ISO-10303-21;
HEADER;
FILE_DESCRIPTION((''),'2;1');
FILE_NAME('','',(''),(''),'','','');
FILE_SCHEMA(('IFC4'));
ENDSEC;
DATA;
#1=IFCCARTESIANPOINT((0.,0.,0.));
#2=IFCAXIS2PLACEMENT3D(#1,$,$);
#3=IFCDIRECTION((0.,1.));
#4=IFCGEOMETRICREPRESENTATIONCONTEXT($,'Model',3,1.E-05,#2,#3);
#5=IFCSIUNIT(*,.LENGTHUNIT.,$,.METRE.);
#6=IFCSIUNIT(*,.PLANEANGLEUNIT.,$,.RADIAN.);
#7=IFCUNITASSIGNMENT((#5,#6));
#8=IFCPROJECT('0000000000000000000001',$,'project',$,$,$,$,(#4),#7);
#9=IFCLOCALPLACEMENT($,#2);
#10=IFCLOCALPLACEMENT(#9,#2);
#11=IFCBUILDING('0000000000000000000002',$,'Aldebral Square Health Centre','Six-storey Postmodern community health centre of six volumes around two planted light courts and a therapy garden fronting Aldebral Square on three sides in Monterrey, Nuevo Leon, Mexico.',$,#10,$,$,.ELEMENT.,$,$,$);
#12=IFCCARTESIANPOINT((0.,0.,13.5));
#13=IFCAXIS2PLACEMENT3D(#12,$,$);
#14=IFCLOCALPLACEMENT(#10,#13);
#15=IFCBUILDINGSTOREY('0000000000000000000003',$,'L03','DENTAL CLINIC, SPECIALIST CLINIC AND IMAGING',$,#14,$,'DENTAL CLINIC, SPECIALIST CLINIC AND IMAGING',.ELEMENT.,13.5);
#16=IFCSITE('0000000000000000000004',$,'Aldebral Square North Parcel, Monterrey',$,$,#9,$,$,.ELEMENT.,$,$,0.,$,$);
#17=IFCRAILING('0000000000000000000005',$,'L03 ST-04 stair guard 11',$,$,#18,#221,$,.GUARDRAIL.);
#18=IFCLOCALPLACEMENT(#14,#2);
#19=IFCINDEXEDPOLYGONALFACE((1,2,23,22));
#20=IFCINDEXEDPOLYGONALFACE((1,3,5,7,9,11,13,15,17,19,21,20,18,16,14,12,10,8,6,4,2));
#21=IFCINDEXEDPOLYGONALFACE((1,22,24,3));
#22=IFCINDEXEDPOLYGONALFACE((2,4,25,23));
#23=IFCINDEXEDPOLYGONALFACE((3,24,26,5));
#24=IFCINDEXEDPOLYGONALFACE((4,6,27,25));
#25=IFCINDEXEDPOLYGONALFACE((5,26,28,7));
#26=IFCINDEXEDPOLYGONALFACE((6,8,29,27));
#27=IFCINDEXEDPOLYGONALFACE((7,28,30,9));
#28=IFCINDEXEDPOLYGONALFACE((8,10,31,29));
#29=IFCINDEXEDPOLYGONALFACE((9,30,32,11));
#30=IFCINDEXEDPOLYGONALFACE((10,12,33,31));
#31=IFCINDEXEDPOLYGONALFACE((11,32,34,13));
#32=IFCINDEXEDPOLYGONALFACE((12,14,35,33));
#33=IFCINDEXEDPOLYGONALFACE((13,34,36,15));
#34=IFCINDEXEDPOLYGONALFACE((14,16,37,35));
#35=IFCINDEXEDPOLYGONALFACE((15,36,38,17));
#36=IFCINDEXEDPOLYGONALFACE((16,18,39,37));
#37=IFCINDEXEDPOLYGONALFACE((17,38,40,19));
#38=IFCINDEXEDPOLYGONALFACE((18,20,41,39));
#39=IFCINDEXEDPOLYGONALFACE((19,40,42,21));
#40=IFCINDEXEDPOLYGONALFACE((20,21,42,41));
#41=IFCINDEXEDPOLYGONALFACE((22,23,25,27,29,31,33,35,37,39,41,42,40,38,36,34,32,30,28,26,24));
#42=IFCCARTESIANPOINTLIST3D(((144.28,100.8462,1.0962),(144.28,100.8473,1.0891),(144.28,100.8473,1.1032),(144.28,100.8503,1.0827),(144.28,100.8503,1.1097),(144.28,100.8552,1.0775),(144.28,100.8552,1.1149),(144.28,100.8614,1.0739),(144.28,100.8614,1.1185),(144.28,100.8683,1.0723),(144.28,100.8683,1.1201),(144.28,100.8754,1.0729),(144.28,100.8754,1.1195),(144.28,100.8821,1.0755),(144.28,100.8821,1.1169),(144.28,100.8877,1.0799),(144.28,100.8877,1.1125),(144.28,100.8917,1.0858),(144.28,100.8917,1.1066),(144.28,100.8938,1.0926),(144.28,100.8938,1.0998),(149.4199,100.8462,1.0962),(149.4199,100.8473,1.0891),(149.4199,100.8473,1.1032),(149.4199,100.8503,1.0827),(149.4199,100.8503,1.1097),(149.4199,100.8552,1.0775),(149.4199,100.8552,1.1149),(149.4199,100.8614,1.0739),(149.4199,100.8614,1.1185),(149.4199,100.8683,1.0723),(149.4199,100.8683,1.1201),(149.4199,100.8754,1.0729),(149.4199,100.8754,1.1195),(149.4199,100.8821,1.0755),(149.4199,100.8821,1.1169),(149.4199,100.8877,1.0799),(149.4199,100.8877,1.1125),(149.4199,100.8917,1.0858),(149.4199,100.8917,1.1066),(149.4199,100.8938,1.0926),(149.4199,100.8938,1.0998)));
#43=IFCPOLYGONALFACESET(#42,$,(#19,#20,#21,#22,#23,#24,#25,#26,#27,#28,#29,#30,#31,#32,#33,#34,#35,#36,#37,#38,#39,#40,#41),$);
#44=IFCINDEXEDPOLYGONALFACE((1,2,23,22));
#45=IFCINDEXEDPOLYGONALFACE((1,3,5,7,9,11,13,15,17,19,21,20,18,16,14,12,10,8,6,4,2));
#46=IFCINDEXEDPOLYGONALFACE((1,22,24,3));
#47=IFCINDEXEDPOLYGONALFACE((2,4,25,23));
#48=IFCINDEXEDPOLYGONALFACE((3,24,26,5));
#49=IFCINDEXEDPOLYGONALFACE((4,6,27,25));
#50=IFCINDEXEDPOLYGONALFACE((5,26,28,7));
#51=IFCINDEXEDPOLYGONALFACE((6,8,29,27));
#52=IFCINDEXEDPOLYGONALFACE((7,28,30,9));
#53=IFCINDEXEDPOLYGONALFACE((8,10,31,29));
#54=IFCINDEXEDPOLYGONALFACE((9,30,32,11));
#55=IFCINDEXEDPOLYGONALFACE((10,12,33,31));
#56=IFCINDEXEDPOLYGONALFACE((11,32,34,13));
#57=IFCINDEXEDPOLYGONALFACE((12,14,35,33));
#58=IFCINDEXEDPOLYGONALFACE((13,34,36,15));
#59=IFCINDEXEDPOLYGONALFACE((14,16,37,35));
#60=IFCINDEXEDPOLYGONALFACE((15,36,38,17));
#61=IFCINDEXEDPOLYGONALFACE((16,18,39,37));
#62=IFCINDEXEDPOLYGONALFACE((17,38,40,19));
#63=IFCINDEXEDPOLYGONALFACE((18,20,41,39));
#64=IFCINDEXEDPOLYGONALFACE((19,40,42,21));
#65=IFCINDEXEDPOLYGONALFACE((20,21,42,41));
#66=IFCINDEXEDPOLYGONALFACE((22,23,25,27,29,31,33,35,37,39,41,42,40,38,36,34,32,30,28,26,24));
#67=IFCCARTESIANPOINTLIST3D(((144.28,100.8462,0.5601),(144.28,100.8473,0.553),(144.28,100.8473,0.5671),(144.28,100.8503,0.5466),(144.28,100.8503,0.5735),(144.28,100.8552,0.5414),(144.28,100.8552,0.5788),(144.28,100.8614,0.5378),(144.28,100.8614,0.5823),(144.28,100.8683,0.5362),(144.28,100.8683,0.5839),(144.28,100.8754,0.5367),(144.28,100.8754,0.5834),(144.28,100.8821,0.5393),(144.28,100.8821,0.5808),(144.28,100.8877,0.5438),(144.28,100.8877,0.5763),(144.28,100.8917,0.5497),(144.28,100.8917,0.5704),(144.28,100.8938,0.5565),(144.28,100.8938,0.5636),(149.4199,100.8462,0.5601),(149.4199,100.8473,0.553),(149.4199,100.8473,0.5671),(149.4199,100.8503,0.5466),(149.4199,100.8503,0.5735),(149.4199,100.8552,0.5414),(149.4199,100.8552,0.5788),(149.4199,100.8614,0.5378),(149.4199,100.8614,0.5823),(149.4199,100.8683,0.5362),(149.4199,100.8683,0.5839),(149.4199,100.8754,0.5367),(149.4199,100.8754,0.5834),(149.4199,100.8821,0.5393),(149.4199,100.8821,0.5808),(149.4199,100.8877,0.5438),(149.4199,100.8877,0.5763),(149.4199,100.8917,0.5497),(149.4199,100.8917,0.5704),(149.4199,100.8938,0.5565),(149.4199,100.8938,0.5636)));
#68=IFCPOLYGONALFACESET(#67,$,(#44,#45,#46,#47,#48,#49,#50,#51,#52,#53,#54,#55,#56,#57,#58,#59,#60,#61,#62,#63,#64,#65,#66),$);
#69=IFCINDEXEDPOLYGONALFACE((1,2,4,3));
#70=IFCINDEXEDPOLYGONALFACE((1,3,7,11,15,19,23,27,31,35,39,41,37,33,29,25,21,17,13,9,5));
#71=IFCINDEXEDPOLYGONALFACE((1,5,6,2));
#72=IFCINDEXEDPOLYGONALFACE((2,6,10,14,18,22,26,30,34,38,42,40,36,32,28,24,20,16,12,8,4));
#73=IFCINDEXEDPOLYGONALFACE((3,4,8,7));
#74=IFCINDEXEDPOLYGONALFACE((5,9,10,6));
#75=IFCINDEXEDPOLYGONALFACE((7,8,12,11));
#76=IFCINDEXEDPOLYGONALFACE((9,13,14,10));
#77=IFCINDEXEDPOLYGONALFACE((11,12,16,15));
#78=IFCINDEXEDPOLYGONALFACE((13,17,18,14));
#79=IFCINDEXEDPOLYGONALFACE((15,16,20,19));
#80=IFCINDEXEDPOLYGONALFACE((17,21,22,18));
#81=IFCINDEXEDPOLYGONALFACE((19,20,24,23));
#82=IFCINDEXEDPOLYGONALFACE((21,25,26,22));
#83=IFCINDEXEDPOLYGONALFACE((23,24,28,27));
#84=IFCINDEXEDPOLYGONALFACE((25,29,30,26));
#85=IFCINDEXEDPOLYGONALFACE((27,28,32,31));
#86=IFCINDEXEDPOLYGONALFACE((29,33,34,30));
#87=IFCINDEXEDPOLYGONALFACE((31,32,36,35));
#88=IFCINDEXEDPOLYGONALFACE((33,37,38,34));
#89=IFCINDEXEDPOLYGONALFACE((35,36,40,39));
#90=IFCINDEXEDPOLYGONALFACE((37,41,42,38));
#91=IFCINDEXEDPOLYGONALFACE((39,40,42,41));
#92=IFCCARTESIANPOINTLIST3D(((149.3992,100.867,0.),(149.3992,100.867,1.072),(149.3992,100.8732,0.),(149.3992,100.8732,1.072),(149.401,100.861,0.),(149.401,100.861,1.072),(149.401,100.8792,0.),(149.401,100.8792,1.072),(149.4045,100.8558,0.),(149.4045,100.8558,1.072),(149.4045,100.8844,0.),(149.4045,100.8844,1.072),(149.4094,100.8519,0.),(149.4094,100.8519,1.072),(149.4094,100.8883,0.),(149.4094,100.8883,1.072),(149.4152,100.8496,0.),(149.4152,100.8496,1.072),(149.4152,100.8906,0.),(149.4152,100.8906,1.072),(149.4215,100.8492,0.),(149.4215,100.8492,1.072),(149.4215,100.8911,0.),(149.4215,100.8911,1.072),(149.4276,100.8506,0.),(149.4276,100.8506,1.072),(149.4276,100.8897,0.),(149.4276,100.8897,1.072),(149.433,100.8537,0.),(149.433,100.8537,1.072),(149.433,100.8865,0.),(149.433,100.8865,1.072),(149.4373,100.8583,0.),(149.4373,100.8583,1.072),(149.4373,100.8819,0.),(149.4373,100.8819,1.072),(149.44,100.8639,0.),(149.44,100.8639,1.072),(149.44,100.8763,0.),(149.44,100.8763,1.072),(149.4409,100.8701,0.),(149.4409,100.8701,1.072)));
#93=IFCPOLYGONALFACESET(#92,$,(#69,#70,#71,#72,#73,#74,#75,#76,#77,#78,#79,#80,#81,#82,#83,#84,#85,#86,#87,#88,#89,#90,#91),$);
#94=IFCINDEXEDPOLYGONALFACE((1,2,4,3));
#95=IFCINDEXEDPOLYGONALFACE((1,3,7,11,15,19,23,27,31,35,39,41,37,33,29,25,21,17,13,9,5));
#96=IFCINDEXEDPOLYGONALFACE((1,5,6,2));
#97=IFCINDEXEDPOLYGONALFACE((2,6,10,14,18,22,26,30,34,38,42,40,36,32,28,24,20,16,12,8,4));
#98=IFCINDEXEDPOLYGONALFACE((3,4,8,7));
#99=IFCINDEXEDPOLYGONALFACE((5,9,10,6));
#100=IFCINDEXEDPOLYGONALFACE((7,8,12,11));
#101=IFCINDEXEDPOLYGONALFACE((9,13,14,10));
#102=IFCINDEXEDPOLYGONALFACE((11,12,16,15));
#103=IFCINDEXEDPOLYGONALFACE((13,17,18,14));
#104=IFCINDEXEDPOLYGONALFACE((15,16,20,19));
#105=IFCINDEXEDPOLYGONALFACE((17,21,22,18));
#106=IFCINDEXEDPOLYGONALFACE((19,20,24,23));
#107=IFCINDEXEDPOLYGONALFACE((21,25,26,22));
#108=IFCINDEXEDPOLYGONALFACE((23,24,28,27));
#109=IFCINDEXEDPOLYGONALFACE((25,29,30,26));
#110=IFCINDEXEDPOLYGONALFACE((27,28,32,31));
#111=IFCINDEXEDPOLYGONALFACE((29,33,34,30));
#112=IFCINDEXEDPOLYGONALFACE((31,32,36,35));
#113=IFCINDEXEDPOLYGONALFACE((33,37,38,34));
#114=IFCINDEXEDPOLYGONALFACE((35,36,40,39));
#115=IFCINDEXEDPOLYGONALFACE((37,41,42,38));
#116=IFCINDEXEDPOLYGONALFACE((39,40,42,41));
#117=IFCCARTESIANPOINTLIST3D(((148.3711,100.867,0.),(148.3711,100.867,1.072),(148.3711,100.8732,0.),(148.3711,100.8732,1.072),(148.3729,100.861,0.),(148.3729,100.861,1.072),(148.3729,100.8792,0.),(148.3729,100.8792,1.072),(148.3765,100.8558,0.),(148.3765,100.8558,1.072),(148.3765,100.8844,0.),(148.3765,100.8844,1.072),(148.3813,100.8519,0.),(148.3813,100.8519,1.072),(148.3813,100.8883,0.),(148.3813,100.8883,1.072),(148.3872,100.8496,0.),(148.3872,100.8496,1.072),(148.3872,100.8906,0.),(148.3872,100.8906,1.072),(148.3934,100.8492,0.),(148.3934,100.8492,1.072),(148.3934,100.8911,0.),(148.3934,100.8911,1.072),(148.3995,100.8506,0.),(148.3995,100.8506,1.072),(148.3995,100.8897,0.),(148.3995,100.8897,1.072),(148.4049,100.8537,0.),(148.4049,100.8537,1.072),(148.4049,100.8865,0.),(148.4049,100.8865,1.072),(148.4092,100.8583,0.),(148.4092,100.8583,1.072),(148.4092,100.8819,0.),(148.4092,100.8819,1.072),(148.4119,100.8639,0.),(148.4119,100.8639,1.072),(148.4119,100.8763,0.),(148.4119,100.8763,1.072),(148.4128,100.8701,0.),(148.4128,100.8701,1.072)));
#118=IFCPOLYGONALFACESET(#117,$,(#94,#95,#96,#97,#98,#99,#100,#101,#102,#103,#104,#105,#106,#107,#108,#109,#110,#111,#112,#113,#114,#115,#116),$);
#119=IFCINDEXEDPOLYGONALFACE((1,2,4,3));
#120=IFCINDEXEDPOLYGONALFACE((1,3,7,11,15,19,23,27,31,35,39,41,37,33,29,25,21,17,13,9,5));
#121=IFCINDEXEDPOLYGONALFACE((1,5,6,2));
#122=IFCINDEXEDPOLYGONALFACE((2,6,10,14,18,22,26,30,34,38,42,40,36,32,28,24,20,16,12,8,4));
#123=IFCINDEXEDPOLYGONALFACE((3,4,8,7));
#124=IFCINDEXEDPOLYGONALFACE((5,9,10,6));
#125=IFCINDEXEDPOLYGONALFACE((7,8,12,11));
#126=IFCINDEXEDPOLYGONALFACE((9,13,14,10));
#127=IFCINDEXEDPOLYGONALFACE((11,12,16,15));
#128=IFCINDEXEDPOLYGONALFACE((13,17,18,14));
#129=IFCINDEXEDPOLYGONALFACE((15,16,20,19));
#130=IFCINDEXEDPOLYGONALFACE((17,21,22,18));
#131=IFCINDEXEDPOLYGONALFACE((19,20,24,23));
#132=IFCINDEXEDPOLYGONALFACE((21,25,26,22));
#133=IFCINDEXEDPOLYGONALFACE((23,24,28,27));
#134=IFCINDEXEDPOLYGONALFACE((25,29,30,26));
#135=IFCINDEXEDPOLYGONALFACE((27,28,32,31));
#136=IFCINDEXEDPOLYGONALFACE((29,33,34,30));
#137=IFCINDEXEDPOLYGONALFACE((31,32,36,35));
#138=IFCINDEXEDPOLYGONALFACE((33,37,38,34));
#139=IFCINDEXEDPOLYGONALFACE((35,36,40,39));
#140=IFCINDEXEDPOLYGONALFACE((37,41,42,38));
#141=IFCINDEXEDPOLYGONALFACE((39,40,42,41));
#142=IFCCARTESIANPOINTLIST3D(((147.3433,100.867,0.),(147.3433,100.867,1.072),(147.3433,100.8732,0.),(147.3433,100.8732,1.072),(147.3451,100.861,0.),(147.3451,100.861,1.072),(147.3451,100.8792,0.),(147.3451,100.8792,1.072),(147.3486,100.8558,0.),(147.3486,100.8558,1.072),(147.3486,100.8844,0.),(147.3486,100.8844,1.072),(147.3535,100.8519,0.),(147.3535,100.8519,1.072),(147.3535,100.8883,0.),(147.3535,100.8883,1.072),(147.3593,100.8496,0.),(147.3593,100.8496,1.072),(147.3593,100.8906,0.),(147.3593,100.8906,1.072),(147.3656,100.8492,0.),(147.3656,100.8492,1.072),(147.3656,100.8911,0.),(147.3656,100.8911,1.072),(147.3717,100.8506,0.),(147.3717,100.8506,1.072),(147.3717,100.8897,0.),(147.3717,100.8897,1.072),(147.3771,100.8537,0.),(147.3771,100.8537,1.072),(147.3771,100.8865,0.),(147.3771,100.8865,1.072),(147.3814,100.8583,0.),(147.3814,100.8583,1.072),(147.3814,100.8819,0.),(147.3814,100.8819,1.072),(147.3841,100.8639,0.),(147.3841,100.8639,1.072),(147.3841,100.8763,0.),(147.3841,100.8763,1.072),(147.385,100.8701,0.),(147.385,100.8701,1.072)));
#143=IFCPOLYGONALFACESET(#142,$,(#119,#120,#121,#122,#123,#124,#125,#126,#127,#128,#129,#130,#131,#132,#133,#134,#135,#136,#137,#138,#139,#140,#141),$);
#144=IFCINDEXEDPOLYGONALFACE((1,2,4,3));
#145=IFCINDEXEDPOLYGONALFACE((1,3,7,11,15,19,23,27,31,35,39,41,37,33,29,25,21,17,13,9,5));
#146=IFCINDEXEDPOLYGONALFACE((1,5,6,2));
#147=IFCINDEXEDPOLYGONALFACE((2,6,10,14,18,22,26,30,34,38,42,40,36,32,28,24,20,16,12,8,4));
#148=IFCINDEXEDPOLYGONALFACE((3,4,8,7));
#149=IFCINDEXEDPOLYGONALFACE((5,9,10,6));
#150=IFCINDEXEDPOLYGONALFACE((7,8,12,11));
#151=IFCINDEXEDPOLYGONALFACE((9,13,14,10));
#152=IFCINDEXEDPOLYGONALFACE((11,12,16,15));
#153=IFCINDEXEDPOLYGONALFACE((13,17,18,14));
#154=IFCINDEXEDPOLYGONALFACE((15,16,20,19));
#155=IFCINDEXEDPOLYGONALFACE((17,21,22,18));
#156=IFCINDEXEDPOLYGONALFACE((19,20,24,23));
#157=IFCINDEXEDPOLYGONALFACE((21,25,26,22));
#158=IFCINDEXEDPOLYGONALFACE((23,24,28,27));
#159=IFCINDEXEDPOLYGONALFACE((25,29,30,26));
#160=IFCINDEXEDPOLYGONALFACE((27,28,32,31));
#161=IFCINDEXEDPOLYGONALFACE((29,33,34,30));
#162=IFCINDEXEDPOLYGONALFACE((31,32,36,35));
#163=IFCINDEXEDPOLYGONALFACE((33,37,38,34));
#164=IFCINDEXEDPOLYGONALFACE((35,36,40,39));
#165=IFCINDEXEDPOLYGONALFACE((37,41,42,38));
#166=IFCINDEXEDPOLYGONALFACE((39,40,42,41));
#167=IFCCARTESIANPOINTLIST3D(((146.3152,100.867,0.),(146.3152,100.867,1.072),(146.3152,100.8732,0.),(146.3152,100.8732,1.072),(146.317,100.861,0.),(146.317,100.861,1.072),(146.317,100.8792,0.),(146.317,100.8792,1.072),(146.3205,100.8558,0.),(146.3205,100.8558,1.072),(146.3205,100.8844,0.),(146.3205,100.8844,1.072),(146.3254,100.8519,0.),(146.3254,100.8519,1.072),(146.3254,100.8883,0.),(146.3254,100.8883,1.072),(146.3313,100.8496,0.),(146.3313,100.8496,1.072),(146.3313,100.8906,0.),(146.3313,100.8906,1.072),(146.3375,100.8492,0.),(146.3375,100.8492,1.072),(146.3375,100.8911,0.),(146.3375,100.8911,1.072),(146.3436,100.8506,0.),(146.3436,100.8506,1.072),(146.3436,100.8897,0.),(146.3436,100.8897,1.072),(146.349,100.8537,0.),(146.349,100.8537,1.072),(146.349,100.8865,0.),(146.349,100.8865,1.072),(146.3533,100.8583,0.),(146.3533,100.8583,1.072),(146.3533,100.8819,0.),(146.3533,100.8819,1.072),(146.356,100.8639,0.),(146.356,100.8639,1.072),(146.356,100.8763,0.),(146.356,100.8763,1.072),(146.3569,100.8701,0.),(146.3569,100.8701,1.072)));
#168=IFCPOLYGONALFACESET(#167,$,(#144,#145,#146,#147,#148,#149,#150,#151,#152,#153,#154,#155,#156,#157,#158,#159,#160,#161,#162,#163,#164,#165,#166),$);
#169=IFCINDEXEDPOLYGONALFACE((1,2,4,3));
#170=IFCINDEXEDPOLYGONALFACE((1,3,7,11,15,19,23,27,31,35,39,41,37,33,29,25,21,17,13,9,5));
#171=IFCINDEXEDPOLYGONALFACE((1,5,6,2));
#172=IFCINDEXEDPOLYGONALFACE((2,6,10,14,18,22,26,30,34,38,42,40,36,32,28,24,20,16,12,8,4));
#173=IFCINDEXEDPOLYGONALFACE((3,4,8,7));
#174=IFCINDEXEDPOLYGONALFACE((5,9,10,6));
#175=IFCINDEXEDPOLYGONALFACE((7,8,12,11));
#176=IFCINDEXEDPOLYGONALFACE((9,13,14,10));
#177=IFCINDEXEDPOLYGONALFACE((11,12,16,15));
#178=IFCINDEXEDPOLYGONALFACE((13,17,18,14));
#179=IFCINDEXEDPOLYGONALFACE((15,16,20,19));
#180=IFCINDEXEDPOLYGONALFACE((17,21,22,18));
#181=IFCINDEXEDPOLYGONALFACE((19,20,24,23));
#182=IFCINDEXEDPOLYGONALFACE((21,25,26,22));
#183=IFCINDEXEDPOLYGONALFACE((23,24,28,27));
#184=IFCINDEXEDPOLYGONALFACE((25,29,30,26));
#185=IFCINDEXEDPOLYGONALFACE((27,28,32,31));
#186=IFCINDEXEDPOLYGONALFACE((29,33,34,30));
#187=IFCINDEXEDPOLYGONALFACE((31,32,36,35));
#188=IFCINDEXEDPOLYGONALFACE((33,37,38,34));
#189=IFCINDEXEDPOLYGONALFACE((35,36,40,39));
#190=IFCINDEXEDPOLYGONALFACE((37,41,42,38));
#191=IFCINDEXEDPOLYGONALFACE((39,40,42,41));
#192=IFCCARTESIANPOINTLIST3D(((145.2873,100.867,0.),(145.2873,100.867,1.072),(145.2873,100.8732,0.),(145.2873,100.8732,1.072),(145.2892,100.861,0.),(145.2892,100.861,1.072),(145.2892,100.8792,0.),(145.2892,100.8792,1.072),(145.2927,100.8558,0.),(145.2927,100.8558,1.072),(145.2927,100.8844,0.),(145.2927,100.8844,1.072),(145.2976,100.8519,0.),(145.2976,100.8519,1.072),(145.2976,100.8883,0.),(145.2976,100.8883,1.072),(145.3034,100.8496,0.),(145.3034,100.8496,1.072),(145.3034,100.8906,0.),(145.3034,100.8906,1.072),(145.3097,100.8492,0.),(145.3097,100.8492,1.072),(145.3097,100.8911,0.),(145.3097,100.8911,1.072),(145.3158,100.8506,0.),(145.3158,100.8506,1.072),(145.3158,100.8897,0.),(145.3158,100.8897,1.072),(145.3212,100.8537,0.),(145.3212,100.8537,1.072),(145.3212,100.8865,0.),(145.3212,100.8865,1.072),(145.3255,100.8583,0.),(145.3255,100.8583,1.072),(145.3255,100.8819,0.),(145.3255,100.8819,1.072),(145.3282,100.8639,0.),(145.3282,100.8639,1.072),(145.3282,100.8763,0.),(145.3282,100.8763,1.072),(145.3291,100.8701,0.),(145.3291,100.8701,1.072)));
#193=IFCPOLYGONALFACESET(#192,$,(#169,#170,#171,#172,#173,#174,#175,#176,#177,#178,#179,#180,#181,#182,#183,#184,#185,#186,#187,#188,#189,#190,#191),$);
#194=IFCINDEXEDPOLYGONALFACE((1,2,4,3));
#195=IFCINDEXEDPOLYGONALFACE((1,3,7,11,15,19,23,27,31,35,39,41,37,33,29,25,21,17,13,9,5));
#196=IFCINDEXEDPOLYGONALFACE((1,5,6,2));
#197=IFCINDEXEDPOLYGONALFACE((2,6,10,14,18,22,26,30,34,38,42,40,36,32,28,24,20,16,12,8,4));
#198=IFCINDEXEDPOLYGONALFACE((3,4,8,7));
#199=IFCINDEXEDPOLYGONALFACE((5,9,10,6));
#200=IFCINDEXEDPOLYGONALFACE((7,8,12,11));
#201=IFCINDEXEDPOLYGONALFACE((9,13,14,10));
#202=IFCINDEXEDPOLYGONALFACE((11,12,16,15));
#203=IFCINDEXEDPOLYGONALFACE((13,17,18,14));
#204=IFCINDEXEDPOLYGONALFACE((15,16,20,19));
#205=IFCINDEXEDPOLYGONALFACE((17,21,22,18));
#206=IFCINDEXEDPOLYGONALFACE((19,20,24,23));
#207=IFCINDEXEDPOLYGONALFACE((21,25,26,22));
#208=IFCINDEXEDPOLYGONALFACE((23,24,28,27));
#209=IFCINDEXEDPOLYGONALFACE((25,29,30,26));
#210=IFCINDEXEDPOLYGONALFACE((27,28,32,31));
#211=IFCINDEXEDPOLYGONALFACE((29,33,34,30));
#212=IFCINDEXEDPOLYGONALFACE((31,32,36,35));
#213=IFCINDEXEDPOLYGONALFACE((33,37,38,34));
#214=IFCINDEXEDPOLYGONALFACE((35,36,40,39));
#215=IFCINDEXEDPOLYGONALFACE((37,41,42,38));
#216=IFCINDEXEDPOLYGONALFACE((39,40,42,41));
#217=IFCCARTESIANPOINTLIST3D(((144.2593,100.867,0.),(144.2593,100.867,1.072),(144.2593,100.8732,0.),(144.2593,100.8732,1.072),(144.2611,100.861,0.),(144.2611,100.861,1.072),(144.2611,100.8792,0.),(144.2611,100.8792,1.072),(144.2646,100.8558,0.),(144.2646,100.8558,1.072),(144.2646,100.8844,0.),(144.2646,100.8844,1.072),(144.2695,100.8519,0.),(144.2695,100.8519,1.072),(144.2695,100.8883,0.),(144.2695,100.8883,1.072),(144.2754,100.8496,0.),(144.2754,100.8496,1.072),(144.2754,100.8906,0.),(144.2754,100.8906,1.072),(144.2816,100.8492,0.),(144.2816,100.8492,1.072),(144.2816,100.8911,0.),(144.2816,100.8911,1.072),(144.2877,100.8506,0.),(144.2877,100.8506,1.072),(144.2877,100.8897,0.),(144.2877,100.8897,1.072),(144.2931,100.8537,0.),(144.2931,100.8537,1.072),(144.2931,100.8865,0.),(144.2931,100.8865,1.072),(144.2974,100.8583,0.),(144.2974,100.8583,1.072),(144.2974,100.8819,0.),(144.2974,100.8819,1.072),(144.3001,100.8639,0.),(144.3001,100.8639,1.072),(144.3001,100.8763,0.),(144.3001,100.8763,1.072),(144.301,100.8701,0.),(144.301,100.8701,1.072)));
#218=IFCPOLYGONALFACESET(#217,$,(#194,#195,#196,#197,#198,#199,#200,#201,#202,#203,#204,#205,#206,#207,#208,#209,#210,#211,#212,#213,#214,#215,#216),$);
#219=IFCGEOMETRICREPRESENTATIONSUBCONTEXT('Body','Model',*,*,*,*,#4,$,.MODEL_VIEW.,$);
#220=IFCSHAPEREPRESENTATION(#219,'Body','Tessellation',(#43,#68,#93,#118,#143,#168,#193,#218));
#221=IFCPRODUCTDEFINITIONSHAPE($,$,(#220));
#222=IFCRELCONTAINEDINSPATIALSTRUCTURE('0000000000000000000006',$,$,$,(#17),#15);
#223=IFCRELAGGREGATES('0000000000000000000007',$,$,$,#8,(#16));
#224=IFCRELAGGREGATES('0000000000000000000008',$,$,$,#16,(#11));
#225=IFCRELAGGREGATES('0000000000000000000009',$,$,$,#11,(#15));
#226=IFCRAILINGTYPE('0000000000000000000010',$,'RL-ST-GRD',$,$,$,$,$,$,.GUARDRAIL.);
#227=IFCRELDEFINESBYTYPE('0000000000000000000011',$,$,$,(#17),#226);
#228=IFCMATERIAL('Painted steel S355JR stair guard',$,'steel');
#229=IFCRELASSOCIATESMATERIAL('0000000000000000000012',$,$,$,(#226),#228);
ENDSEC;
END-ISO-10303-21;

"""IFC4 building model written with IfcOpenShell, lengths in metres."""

from ifc_helpers import new_model, si_unit, direction, frame, origin, origin_2d, place, context, subcontext, project, spatial, circle, extrude, material, type_object, element, save


model = new_model("IFC4")

# Units and contexts
model_context = context("Model", 3, precision=1e-05, world=origin(), true_north=direction((0.0, 1.0)))
body_context = subcontext(model_context, "Body", "Model", "MODEL_VIEW")
ifc_project = project(units=[si_unit("LENGTHUNIT", "METRE"), si_unit("PLANEANGLEUNIT", "RADIAN")], contexts=[model_context])

# Site, building, storey
site_placement = place(None, origin())
site = spatial("IfcSite", under=ifc_project, at=site_placement, Name="Aldebral Square North Parcel, Monterrey", CompositionType="ELEMENT", RefElevation=0.0)
building_placement = place(site_placement, origin())
building = spatial("IfcBuilding", under=site, at=building_placement, Name="Aldebral Square Health Centre", Description="Six-storey Postmodern community health centre of six volumes around two planted light courts and a therapy garden fronting Aldebral Square on three sides in Monterrey, Nuevo Leon, Mexico.", CompositionType="ELEMENT")
storey_placement = place(building_placement, frame((0.0, 0.0, 13.5)))
storey = spatial("IfcBuildingStorey", under=building, at=storey_placement, Name="L03", Description="DENTAL CLINIC, SPECIALIST CLINIC AND IMAGING", LongName="DENTAL CLINIC, SPECIALIST CLINIC AND IMAGING", CompositionType="ELEMENT", Elevation=13.5)

# Railing
ifc_material_1 = material(Name="Painted steel S355JR stair guard", Category="steel")
railing_type_1 = type_object("IfcRailingType", Name="RL-ST-GRD", PredefinedType="GUARDRAIL", material=ifc_material_1)
railing_1_placement = place(storey_placement, frame((149.4199, 100.8701, 0.0)))
element("IfcRailing", 1, at=railing_1_placement, inside=storey, type_object=railing_type_1, Name="L03 ST-04 stair guard 11", PredefinedType="GUARDRAIL", context=body_context, shape_type="SweptSolid", body=[
    extrude(circle(Radius=0.0239, at=origin_2d()), frame((0.0, 0.0, 1.0962), z_axis=(-1.0, 0.0, 0.0), x_axis=(0.0, -1.0, 0.0)), (0.0, 0.0, 1.0), 5.1399),
    extrude(circle(Radius=0.0239, at=origin_2d()), frame((0.0, 0.0, 0.5601), z_axis=(-1.0, 0.0, 0.0), x_axis=(0.0, -1.0, 0.0)), (0.0, 0.0, 1.0), 5.1399),
    extrude(circle(Radius=0.021, at=origin_2d()), origin(), (0.0, 0.0, 1.0), 1.072),
    extrude(circle(Radius=0.021, at=origin_2d()), frame((-1.0281, 0.0, 0.0)), (0.0, 0.0, 1.0), 1.072),
    extrude(circle(Radius=0.021, at=origin_2d()), frame((-2.0559, 0.0, 0.0)), (0.0, 0.0, 1.0), 1.072),
    extrude(circle(Radius=0.021, at=origin_2d()), frame((-3.084, 0.0, 0.0)), (0.0, 0.0, 1.0), 1.072),
    extrude(circle(Radius=0.021, at=origin_2d()), frame((-4.1118, 0.0, 0.0)), (0.0, 0.0, 1.0), 1.072),
    extrude(circle(Radius=0.021, at=origin_2d()), frame((-5.1399, 0.0, 0.0)), (0.0, 0.0, 1.0), 1.072),
])

save(model, "model.ifc")
